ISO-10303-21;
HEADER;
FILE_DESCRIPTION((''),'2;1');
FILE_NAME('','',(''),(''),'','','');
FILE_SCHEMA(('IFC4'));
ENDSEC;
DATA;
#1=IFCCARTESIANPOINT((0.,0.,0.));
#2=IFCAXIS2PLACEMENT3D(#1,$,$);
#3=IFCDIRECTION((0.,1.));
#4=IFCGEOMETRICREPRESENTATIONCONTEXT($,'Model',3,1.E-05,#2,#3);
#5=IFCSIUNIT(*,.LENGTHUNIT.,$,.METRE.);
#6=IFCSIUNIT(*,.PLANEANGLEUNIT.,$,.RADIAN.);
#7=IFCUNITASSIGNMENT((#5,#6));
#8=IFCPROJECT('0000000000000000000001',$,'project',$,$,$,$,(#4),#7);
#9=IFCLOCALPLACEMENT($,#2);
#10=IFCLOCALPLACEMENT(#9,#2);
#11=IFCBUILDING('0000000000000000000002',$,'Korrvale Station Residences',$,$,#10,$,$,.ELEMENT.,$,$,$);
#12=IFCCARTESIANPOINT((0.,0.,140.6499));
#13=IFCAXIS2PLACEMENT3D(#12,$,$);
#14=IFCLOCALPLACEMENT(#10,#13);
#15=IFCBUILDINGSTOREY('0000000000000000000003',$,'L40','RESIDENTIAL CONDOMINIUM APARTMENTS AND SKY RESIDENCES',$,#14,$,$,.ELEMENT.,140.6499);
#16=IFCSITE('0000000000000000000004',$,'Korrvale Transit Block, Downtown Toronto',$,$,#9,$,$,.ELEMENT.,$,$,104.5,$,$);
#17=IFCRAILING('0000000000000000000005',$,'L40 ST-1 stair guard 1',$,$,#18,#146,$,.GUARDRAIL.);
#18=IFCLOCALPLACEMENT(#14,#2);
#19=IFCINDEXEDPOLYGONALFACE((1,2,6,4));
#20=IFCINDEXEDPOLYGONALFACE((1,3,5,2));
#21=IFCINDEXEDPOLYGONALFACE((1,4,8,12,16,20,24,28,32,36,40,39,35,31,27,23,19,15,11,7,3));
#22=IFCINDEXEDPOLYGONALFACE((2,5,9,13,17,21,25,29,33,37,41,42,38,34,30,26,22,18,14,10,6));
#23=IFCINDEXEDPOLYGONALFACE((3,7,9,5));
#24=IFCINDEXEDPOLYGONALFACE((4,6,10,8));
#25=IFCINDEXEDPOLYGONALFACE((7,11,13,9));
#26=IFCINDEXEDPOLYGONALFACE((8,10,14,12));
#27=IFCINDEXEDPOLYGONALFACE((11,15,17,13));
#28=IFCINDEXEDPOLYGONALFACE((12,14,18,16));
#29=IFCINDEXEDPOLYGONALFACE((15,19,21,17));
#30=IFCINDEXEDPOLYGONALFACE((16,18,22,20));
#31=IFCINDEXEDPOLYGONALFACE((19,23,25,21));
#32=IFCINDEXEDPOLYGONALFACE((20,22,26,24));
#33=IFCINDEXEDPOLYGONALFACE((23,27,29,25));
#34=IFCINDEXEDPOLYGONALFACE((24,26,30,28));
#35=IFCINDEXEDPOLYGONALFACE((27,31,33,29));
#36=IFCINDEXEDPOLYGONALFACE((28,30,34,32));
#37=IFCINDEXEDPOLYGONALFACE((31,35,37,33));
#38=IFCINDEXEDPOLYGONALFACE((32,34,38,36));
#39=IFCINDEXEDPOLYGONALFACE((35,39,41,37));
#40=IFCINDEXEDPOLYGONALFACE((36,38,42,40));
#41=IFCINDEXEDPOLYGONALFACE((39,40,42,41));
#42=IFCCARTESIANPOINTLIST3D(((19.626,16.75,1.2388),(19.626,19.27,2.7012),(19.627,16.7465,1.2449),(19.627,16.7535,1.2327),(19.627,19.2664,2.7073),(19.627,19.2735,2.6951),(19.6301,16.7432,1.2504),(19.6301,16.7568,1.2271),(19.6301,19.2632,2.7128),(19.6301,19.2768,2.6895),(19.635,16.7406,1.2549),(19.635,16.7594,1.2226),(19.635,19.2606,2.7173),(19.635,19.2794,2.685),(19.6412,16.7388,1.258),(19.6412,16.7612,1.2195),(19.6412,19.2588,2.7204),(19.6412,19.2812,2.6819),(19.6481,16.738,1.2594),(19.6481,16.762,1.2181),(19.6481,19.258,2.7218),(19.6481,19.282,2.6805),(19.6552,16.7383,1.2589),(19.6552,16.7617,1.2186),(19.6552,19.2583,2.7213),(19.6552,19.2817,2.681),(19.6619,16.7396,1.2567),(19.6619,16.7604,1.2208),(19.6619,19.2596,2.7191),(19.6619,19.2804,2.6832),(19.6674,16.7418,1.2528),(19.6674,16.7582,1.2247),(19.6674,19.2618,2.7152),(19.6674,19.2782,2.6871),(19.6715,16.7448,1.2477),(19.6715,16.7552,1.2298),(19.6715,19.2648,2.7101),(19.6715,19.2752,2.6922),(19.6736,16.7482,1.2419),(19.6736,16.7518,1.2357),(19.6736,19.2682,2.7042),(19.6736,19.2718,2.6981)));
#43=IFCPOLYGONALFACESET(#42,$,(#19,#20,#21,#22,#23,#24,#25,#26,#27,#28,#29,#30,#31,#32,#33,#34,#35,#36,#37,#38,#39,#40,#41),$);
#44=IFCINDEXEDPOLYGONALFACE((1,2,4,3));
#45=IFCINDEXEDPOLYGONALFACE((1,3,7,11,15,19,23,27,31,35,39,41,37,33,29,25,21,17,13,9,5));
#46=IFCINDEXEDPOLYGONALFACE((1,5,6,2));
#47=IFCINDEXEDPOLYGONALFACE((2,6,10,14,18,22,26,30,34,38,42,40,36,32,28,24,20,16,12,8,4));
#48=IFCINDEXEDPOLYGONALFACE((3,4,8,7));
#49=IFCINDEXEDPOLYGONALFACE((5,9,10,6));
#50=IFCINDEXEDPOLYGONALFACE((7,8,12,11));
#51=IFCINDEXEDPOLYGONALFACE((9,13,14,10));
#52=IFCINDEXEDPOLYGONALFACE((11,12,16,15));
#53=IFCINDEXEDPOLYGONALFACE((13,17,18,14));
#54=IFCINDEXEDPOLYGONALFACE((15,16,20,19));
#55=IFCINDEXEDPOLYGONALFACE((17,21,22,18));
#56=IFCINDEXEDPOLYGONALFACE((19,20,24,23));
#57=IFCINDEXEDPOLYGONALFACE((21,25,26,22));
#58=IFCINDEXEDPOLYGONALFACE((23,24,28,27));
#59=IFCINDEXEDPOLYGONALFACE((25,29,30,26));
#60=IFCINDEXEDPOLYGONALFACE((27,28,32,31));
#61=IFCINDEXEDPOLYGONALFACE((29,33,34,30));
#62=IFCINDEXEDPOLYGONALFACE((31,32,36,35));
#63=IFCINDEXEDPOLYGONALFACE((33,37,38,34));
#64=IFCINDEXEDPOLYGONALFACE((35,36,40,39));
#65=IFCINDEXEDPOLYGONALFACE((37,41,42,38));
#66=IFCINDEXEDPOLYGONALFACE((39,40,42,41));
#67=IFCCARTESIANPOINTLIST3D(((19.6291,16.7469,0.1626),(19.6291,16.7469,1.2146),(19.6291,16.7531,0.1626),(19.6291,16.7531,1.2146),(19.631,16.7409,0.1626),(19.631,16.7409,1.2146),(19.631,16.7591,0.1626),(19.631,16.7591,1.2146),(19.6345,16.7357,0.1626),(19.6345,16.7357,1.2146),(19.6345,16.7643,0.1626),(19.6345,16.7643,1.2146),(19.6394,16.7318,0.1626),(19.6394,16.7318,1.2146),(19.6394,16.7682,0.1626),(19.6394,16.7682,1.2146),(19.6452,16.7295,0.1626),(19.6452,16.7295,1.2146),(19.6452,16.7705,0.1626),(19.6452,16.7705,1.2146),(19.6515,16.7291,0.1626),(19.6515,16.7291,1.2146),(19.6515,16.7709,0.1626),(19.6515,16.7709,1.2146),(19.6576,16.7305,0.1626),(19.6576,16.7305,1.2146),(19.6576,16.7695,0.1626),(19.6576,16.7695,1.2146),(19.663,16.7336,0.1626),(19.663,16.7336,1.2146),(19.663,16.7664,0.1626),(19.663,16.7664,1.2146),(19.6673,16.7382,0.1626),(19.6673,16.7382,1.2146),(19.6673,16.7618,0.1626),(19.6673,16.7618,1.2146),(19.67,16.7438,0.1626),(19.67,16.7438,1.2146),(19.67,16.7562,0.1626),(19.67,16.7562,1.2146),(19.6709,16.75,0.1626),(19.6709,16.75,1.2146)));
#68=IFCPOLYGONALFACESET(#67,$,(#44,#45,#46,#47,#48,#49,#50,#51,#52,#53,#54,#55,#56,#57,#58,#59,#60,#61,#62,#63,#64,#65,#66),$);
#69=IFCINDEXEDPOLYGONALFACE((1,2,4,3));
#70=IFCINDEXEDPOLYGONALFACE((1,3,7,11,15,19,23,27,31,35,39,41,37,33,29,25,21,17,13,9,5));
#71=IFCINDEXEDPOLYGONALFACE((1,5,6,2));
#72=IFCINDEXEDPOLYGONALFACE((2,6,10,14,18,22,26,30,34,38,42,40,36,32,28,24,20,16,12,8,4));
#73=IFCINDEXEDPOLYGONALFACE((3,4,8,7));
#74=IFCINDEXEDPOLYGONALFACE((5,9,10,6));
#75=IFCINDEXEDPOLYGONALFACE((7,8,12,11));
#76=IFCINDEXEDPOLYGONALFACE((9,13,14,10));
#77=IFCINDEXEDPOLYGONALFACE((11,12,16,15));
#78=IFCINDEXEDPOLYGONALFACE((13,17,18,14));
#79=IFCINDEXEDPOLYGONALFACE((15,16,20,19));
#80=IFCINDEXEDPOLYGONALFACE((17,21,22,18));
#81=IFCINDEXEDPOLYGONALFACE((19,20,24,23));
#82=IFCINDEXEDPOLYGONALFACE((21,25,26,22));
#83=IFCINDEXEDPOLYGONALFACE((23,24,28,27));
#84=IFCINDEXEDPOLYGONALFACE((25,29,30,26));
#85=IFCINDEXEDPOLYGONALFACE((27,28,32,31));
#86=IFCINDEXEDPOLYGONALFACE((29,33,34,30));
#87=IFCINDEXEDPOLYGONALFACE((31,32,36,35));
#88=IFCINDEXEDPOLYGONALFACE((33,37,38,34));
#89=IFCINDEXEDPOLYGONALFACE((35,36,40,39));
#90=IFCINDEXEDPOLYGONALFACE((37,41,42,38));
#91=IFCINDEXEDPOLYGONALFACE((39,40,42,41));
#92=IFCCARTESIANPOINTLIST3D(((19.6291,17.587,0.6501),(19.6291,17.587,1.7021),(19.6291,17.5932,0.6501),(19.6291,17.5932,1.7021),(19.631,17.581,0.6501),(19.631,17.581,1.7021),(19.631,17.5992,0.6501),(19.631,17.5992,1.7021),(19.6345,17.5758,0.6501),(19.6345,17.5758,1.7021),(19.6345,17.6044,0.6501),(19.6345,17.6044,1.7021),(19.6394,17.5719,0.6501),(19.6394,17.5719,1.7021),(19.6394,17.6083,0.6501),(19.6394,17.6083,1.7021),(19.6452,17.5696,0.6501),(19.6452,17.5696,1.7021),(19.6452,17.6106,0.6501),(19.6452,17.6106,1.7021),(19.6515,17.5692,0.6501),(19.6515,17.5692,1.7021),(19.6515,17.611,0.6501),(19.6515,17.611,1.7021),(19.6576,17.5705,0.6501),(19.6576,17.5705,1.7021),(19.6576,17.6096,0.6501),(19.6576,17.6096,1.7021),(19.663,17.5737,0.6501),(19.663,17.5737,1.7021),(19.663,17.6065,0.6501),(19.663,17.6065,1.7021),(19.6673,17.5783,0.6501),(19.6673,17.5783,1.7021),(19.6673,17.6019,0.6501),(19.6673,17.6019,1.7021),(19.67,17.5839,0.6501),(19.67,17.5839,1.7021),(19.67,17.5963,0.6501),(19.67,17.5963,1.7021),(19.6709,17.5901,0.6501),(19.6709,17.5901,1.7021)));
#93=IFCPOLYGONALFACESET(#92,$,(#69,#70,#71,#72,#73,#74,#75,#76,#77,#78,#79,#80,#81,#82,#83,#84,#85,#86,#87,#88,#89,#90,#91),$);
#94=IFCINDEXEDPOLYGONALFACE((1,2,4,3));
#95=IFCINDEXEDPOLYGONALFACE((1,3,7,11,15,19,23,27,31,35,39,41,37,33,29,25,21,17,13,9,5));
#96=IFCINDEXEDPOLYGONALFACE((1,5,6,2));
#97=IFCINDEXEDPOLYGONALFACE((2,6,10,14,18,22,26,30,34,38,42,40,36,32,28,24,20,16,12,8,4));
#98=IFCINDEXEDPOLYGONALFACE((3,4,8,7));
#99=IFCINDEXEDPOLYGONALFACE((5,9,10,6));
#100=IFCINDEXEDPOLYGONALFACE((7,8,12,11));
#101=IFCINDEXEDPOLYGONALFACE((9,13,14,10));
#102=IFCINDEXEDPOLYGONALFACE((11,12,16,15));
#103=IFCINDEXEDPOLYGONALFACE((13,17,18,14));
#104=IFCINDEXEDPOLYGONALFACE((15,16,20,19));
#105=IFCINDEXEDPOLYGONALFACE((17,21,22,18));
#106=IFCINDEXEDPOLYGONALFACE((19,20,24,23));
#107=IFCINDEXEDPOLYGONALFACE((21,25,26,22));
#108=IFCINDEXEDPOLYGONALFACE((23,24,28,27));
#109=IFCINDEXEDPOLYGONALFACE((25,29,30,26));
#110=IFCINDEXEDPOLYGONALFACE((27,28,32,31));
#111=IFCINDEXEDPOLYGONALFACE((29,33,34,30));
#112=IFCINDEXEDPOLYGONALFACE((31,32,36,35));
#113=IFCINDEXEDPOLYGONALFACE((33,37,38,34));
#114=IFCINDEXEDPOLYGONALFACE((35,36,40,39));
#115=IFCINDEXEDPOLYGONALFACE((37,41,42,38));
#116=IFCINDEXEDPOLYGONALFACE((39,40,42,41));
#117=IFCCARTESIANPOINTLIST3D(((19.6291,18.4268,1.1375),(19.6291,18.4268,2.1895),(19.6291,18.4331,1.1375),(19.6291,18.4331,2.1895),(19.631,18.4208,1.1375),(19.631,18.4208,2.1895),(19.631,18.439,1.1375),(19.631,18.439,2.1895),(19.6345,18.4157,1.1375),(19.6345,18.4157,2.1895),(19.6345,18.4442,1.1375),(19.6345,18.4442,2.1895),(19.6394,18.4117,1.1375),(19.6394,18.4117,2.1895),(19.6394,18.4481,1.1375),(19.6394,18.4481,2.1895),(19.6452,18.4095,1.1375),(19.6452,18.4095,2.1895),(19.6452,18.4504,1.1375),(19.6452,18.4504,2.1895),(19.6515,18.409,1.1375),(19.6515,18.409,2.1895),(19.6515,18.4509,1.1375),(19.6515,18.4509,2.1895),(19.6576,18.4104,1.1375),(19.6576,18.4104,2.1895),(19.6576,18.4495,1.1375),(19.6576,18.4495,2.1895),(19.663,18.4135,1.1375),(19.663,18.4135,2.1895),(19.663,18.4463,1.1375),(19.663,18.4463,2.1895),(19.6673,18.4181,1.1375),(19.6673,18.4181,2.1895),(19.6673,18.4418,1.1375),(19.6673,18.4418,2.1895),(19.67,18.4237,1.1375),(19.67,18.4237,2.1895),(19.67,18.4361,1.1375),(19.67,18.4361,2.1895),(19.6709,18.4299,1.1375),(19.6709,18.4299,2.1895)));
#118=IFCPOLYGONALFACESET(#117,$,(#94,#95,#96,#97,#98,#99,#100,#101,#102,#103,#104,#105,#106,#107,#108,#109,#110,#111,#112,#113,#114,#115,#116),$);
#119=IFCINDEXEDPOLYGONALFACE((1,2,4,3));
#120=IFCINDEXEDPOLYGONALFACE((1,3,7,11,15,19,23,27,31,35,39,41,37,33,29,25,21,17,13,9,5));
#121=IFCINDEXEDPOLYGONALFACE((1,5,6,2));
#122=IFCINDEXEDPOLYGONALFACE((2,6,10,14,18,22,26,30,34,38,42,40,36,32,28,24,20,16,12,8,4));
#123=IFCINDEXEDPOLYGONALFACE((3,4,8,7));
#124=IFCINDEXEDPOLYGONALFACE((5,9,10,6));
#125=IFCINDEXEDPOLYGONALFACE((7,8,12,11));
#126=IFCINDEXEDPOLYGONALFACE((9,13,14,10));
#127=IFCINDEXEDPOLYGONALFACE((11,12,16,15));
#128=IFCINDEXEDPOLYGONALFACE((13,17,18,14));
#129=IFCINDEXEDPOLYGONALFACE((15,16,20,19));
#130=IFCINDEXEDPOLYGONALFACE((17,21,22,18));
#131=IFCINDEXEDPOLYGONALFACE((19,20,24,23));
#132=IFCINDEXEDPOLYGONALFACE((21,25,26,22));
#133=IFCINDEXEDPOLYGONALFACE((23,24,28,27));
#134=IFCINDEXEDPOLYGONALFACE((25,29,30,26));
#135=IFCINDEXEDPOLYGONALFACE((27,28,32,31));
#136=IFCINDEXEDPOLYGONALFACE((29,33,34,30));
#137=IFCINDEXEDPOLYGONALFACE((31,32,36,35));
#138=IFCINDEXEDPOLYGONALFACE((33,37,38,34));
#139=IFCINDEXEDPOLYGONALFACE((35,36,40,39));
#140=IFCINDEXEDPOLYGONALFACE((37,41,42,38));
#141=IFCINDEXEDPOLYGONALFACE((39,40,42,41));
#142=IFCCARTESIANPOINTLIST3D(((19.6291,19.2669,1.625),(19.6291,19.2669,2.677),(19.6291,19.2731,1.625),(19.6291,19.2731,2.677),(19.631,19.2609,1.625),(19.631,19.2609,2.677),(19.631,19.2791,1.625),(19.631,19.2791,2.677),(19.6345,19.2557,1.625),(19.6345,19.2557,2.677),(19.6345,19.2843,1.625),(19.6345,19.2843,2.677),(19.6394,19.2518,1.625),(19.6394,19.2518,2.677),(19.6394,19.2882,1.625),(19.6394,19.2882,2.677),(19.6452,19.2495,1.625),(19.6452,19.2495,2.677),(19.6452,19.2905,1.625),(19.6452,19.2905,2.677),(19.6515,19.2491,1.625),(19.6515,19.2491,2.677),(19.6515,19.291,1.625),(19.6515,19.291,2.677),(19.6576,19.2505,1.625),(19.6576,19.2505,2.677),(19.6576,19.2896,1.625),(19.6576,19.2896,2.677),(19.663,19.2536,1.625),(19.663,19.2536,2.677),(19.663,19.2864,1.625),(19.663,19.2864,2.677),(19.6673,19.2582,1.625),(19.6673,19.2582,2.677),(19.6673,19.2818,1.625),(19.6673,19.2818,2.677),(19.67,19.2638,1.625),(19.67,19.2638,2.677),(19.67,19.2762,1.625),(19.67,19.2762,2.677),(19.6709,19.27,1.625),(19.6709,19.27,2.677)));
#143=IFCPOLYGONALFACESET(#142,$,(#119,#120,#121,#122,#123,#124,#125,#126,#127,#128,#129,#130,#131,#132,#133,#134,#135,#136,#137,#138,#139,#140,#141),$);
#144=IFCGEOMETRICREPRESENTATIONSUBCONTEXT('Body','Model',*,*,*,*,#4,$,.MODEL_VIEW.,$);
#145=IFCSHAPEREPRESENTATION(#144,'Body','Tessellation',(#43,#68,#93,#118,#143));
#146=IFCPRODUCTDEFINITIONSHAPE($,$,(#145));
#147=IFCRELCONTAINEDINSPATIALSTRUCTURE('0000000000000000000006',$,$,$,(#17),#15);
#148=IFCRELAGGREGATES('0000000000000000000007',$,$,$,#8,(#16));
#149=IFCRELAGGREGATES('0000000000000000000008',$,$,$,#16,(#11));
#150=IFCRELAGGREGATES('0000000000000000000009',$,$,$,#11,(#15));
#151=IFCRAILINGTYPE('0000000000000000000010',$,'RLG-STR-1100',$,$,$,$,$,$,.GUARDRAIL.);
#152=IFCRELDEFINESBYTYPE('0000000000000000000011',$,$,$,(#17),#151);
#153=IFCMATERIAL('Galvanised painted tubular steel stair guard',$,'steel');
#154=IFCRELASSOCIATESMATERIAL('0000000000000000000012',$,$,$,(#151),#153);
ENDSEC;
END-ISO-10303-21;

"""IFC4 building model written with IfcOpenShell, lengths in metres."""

from ifc_helpers import new_model, si_unit, direction, frame, origin, origin_2d, place, context, subcontext, project, spatial, circle, extrude, material, type_object, element, save


model = new_model("IFC4")

# Units and contexts
model_context = context("Model", 3, precision=1e-05, world=origin(), true_north=direction((0.0, 1.0)))
body_context = subcontext(model_context, "Body", "Model", "MODEL_VIEW")
ifc_project = project(units=[si_unit("LENGTHUNIT", "METRE"), si_unit("PLANEANGLEUNIT", "RADIAN")], contexts=[model_context])

# Site, building, storey
site_placement = place(None, origin())
site = spatial("IfcSite", under=ifc_project, at=site_placement, Name="Korrvale Transit Block, Downtown Toronto", CompositionType="ELEMENT", RefElevation=104.5)
building_placement = place(site_placement, origin())
building = spatial("IfcBuilding", under=site, at=building_placement, Name="Korrvale Station Residences", CompositionType="ELEMENT")
storey_placement = place(building_placement, frame((0.0, 0.0, 140.6499)))
storey = spatial("IfcBuildingStorey", under=building, at=storey_placement, Name="L40", Description="RESIDENTIAL CONDOMINIUM APARTMENTS AND SKY RESIDENCES", CompositionType="ELEMENT", Elevation=140.6499)

# Railing
ifc_material_1 = material(Name="Galvanised painted tubular steel stair guard", Category="steel")
railing_type_1 = type_object("IfcRailingType", Name="RLG-STR-1100", PredefinedType="GUARDRAIL", material=ifc_material_1)
railing_1_placement = place(storey_placement, frame((19.6499, 16.75, 0.1626)))
element("IfcRailing", 1, at=railing_1_placement, inside=storey, type_object=railing_type_1, Name="L40 ST-1 stair guard 1", PredefinedType="GUARDRAIL", context=body_context, shape_type="SweptSolid", body=[
    extrude(circle(Radius=0.0239, at=origin_2d()), frame((0.0, 0.0, 1.0762), z_axis=(0.0, 0.864913, 0.501921), x_axis=(-1.0, 0.0, 0.0)), (0.0, 0.0, 1.0), 2.9136),
    extrude(circle(Radius=0.021, at=origin_2d()), origin(), (0.0, 0.0, 1.0), 1.052),
    extrude(circle(Radius=0.021, at=origin_2d()), frame((0.0, 0.8401, 0.4875)), (0.0, 0.0, 1.0), 1.052),
    extrude(circle(Radius=0.021, at=origin_2d()), frame((0.0, 1.6799, 0.9749)), (0.0, 0.0, 1.0), 1.052),
    extrude(circle(Radius=0.021, at=origin_2d()), frame((0.0, 2.52, 1.4624)), (0.0, 0.0, 1.0), 1.052),
])

save(model, "model.ifc")
